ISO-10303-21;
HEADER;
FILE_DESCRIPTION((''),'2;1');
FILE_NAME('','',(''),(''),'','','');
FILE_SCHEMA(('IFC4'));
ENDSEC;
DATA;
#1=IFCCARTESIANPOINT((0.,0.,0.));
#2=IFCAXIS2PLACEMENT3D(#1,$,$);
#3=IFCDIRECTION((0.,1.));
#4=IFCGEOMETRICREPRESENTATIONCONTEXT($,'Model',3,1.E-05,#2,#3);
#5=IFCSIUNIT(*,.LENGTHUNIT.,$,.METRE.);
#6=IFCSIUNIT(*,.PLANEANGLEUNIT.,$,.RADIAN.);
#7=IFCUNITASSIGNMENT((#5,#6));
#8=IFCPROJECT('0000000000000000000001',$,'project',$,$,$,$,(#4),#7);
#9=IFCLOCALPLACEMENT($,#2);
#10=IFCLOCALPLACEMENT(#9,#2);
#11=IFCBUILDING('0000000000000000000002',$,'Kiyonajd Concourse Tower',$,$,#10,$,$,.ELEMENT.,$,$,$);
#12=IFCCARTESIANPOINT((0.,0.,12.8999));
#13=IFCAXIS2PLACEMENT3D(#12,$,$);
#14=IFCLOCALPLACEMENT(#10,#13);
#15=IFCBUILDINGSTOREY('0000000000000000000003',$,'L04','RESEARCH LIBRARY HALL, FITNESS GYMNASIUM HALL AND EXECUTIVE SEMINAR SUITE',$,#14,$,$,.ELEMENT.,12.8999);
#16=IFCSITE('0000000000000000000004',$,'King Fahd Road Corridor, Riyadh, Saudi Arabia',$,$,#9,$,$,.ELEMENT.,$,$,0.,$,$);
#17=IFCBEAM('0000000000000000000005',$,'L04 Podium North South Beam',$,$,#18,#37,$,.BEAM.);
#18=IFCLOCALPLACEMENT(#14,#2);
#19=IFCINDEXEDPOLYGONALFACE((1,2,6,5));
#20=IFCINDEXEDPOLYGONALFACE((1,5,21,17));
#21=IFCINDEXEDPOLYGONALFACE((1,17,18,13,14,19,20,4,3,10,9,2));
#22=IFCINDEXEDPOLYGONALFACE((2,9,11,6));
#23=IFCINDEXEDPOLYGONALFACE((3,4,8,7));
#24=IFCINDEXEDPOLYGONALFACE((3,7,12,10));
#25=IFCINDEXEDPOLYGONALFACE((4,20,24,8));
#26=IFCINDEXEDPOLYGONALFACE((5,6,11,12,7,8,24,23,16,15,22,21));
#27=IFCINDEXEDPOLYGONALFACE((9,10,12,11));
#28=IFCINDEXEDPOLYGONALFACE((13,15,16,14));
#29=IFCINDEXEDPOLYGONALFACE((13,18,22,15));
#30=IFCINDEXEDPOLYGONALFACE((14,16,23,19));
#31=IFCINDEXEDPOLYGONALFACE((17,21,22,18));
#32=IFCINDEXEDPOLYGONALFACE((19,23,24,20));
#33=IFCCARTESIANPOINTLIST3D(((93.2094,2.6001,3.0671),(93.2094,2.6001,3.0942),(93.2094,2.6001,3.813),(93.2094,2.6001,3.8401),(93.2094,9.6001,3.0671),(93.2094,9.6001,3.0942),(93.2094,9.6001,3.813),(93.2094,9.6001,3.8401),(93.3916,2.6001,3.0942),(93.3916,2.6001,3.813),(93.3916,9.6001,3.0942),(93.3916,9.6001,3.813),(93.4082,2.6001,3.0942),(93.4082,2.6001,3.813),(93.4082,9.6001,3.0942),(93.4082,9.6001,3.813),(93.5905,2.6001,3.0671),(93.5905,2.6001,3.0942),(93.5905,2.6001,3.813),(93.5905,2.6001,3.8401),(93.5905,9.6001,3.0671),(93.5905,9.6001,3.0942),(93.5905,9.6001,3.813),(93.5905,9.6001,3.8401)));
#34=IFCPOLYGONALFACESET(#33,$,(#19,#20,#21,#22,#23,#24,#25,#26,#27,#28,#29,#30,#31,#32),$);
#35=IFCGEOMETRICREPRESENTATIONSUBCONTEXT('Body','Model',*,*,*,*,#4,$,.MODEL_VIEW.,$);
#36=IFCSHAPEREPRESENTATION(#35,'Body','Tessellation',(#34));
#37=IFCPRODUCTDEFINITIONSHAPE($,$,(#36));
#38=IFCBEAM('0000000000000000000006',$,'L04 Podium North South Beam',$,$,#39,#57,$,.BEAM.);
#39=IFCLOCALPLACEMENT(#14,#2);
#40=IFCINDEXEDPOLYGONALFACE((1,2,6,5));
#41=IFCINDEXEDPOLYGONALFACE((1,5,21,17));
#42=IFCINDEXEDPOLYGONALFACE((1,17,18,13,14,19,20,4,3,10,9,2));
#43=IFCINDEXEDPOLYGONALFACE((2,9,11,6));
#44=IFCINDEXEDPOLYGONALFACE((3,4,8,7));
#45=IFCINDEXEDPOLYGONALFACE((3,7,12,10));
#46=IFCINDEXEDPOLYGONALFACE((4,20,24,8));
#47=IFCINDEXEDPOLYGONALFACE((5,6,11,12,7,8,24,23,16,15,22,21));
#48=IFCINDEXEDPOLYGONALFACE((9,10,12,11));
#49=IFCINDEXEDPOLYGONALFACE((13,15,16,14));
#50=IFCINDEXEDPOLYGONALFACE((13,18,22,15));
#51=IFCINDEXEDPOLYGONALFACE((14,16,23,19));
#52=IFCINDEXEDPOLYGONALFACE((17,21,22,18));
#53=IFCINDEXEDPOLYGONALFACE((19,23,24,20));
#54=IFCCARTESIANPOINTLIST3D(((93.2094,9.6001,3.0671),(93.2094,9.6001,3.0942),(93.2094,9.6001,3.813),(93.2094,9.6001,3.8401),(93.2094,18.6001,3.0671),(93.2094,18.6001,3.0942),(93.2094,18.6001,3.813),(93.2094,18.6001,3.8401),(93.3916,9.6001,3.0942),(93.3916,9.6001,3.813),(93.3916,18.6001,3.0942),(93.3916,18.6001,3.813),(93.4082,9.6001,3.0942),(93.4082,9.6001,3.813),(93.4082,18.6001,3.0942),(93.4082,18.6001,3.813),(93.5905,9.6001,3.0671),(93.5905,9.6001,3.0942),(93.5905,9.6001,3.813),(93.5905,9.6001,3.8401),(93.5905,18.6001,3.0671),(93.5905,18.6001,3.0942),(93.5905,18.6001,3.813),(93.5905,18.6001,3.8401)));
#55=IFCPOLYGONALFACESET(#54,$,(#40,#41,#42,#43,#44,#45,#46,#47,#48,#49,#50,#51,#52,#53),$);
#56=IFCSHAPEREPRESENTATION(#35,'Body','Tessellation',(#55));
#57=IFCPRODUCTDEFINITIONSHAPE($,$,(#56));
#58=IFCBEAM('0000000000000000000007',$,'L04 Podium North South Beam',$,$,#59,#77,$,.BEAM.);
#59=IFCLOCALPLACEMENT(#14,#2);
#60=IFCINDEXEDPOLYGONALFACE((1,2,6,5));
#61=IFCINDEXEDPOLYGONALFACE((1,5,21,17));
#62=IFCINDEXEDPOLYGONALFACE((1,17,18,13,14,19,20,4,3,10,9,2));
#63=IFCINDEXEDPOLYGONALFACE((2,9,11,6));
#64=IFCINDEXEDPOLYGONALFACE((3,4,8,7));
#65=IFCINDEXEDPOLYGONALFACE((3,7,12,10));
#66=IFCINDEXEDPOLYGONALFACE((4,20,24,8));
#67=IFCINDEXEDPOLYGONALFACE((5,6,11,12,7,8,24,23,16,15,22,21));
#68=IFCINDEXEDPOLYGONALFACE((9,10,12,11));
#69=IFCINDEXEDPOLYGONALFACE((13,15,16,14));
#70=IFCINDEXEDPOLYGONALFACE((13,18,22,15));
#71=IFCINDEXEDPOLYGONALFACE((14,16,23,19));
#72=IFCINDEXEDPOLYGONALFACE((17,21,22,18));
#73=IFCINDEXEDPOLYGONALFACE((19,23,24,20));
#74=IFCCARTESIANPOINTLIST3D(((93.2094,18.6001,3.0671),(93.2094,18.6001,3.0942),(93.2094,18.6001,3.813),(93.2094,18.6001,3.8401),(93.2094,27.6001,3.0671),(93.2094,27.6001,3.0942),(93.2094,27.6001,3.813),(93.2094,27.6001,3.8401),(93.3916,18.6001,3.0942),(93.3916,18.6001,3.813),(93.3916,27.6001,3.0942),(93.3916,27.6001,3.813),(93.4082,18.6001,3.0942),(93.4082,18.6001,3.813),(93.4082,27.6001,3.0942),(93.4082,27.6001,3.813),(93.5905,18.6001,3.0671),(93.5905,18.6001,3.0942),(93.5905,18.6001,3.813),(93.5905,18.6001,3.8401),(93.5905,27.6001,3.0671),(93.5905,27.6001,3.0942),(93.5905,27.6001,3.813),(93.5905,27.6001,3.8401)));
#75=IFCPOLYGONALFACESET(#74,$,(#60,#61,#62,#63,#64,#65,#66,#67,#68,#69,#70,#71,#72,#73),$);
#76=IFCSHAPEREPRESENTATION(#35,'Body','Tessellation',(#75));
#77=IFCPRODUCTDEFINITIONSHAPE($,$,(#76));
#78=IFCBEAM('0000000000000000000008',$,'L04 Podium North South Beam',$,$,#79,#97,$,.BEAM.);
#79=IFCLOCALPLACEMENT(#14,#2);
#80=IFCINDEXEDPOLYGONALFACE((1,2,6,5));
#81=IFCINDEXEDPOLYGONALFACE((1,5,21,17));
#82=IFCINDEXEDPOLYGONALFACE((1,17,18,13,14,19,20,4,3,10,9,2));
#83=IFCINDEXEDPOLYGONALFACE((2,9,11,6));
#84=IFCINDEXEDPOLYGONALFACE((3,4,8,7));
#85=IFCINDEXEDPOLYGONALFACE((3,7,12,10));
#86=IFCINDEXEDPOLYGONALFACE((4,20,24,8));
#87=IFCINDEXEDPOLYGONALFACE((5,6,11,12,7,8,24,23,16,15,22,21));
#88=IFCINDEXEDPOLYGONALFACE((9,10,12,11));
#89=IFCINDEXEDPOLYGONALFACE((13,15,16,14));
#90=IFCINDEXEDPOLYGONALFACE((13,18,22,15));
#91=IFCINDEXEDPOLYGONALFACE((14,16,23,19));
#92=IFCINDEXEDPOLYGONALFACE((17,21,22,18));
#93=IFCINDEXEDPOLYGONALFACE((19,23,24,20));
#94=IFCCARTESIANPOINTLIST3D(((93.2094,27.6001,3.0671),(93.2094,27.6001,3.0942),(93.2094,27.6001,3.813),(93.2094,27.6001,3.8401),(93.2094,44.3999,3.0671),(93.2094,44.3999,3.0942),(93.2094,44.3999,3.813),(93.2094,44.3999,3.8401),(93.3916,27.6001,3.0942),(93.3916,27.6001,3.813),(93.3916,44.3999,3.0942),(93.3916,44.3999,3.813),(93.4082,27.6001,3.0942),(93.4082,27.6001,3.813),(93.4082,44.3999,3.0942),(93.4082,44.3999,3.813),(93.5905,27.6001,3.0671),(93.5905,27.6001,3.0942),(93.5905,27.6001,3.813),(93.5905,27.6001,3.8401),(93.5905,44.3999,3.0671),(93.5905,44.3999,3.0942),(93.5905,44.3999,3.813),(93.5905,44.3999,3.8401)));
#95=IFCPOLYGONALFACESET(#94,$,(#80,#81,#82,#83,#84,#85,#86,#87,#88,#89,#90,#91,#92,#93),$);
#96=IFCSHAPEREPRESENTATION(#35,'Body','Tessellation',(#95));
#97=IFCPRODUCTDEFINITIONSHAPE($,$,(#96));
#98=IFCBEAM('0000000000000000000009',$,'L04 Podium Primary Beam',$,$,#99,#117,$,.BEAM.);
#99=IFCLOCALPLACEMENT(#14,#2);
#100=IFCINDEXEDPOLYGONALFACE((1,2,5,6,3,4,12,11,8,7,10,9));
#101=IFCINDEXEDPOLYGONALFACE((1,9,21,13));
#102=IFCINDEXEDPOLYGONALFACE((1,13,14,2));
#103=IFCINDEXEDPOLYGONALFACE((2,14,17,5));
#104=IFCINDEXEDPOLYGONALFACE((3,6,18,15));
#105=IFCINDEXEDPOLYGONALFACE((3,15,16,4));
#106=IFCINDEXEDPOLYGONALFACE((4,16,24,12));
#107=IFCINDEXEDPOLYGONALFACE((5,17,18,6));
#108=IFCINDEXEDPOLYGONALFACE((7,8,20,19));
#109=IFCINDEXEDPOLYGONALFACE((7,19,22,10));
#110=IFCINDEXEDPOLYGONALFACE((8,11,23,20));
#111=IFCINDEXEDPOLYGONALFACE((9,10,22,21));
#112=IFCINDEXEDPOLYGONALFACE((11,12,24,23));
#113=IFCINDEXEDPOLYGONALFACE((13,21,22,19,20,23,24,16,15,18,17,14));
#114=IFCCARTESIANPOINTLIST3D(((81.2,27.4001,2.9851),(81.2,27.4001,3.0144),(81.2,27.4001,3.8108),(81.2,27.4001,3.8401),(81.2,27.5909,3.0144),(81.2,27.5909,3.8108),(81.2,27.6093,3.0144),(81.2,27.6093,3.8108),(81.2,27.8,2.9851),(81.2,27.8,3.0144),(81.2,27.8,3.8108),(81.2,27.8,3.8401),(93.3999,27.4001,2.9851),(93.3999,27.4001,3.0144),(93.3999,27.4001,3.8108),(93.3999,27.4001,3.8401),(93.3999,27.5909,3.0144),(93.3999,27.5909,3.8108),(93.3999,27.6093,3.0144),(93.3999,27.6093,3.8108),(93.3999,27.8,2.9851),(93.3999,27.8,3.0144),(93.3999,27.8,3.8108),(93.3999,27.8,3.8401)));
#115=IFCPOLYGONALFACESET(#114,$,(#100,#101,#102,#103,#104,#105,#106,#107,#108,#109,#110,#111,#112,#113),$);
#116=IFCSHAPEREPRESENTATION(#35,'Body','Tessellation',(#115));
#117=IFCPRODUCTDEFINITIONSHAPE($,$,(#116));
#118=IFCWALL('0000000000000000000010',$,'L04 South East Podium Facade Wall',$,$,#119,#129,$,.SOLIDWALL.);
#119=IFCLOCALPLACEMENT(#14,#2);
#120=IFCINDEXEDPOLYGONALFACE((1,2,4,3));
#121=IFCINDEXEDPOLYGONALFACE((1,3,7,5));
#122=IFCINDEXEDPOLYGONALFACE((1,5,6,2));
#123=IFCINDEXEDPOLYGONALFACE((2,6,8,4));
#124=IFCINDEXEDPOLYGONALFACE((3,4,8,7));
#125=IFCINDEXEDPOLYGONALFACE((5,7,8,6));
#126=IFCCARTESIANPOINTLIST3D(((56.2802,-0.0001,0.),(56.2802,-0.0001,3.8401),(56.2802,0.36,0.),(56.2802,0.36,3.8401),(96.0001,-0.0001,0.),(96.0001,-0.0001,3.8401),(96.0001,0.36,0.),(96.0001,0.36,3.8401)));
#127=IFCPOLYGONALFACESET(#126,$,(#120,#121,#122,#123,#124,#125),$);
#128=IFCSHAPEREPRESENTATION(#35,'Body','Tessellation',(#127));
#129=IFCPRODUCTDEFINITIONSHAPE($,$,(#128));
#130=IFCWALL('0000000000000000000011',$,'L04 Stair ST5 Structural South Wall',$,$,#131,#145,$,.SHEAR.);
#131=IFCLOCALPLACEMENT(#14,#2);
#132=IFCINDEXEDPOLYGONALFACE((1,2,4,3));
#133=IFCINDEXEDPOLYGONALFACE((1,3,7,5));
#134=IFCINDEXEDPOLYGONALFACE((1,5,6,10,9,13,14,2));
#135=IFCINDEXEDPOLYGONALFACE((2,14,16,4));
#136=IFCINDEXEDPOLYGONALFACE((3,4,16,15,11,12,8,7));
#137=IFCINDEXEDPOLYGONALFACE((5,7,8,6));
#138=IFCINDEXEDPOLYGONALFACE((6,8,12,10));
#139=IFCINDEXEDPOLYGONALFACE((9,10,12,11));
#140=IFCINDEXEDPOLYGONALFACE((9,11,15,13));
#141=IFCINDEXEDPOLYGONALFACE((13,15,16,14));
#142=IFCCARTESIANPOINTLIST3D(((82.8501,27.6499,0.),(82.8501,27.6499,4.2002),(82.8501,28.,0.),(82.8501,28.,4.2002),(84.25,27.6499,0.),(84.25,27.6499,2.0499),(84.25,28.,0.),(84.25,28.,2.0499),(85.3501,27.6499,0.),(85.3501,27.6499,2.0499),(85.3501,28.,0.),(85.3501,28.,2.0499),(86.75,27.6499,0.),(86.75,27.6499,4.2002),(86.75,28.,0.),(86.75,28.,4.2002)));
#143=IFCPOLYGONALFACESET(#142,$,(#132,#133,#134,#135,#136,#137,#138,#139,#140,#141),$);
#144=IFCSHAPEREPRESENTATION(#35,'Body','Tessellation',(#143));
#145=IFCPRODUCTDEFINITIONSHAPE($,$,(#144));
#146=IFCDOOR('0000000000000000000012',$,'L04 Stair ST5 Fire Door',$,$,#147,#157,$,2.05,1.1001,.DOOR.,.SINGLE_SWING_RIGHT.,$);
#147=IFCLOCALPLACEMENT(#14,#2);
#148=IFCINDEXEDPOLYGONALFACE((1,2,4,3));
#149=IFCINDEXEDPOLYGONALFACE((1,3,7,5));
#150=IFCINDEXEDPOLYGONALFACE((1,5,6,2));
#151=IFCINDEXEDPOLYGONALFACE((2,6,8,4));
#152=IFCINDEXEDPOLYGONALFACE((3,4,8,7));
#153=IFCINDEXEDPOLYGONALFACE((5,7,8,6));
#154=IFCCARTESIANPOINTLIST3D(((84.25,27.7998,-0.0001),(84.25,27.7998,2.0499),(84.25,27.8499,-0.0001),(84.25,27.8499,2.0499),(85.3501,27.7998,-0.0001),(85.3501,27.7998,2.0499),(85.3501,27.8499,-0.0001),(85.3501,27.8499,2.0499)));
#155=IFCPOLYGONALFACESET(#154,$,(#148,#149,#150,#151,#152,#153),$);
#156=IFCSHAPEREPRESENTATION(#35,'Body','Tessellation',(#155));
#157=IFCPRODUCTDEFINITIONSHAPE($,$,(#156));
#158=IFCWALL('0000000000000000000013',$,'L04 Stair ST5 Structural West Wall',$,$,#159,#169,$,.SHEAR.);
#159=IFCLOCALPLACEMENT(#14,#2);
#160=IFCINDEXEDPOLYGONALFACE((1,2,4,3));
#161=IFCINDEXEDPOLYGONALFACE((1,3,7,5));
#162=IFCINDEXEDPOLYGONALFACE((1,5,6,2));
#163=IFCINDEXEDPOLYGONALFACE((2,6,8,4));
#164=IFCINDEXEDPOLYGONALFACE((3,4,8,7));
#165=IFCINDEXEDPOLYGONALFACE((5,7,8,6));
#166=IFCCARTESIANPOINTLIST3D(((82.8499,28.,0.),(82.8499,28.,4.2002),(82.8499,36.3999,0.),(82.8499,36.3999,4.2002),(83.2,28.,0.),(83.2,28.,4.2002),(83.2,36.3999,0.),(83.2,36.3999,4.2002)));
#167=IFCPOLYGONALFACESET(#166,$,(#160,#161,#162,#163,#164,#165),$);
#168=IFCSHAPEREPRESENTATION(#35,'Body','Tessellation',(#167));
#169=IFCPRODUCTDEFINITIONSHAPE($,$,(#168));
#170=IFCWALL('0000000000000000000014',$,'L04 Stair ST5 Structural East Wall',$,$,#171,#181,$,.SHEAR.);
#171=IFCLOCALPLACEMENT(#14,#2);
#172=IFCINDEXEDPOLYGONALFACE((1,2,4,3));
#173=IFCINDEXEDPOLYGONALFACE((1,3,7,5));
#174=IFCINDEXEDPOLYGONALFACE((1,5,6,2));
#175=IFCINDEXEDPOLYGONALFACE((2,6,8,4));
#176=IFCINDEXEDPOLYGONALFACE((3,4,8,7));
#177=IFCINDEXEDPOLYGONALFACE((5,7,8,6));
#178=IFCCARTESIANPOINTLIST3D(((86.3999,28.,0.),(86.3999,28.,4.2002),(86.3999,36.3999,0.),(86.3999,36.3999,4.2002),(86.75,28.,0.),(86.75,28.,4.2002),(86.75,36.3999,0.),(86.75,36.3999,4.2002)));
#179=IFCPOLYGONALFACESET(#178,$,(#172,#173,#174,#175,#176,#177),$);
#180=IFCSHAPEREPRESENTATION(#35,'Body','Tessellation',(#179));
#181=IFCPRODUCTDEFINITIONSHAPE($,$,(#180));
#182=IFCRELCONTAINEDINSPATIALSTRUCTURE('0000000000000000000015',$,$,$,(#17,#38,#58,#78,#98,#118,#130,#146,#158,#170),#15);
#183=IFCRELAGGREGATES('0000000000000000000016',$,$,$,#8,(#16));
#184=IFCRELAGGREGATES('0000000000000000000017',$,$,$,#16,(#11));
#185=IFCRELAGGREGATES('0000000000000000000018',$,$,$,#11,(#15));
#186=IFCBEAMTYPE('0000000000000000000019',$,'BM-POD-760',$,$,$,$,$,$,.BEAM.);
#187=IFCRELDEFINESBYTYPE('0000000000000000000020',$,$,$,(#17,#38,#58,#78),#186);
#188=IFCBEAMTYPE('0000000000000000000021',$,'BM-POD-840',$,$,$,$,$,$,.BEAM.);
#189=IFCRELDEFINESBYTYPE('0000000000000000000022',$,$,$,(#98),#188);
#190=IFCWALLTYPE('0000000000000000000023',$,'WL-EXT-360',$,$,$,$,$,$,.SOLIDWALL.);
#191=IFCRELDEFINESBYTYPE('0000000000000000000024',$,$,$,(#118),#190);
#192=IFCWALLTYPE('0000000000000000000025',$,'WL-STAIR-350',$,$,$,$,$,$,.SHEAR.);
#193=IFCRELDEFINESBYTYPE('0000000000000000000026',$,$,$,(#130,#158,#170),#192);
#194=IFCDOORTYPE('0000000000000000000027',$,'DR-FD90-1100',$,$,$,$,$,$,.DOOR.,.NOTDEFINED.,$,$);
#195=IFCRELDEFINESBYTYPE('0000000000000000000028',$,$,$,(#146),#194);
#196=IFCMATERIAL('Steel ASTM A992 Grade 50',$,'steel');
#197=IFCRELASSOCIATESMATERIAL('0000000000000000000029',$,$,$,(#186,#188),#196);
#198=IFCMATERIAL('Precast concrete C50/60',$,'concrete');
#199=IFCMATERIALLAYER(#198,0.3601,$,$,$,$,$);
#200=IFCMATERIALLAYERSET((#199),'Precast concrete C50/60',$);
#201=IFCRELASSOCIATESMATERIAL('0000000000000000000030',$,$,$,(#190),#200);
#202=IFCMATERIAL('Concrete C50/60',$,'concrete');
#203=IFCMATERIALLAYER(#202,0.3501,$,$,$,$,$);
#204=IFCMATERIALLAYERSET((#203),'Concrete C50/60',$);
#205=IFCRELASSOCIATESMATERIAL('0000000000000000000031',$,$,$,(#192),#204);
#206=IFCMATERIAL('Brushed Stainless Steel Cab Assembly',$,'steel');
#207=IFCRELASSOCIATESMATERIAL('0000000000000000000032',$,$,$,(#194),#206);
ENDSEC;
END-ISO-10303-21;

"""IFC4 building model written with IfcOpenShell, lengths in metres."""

from ifc_helpers import new_model, si_unit, direction, frame, frame_2d, origin, origin_2d, place, context, subcontext, project, spatial, rectangle, i_section, extrude, material, layer, layer_set, material_profile, profile_set, type_object, element, fill, save


model = new_model("IFC4")

# Units and contexts
model_context = context("Model", 3, precision=1e-05, world=origin(), true_north=direction((0.0, 1.0)))
body_context = subcontext(model_context, "Body", "Model", "MODEL_VIEW")
ifc_project = project(units=[si_unit("LENGTHUNIT", "METRE"), si_unit("PLANEANGLEUNIT", "RADIAN")], contexts=[model_context])

# Site, building, storey
site_placement = place(None, origin())
site = spatial("IfcSite", under=ifc_project, at=site_placement, Name="King Fahd Road Corridor, Riyadh, Saudi Arabia", CompositionType="ELEMENT", RefElevation=0.0)
building_placement = place(site_placement, origin())
building = spatial("IfcBuilding", under=site, at=building_placement, Name="Kiyonajd Concourse Tower", CompositionType="ELEMENT")
storey_placement = place(building_placement, frame((0.0, 0.0, 12.8999)))
storey = spatial("IfcBuildingStorey", under=building, at=storey_placement, Name="L04", Description="RESEARCH LIBRARY HALL, FITNESS GYMNASIUM HALL AND EXECUTIVE SEMINAR SUITE", CompositionType="ELEMENT", Elevation=12.8999)

# Beams
ifc_material_1 = material(Name="Concrete C50/60", Category="concrete")
ifc_material_2 = material(Name="Steel ASTM A992 Grade 50", Category="steel")
ifc_material_profile_1 = material_profile(ifc_material_2, i_section(OverallWidth=0.3811, OverallDepth=0.7729, WebThickness=0.0166, FlangeThickness=0.0271, at=origin_2d()), Name="W760X257")
ifc_profile_set_1 = profile_set([ifc_material_profile_1], Name="Steel ASTM A992 Grade 50")
beam_type_1 = type_object("IfcBeamType", Name="BM-POD-760", PredefinedType="BEAM", material=ifc_profile_set_1)
beam_1_placement = place(storey_placement, frame((93.3999, 2.6001, 3.4536), z_axis=(0.0, 1.0, 0.0), x_axis=(-1.0, 0.0, 0.0)))
element("IfcBeam", 1, at=beam_1_placement, inside=storey, type_object=beam_type_1, Name="L04 Podium North South Beam", PredefinedType="BEAM", context=body_context, shape_type="SweptSolid", body=[
    extrude(i_section(OverallWidth=0.3811, OverallDepth=0.7729, WebThickness=0.0166, FlangeThickness=0.0271, at=origin_2d()), origin(), (0.0, 0.0, 1.0), 7.0),
])
for number, where, z_axis, x_axis, name in (
    (2, (93.3999, 9.6001, 3.4536), (0.0, 1.0, 0.0), (-1.0, 0.0, 0.0), "L04 Podium North South Beam"),
    (3, (93.3999, 18.6001, 3.4536), (0.0, 1.0, 0.0), (-1.0, 0.0, 0.0), "L04 Podium North South Beam"),
):
    element("IfcBeam", number, at=place(storey_placement, frame(where, z_axis=z_axis, x_axis=x_axis)), inside=storey, type_object=beam_type_1, Name=name, PredefinedType="BEAM", context=body_context, shape_type="SweptSolid", body=[
        extrude(i_section(OverallWidth=0.3811, OverallDepth=0.7729, WebThickness=0.0166, FlangeThickness=0.0271, at=origin_2d()), origin(), (0.0, 0.0, 1.0), 9.0),
    ])
beam_2_placement = place(storey_placement, frame((93.3999, 27.6001, 3.4536), z_axis=(0.0, 1.0, 0.0), x_axis=(-1.0, 0.0, 0.0)))
element("IfcBeam", 4, at=beam_2_placement, inside=storey, type_object=beam_type_1, Name="L04 Podium North South Beam", PredefinedType="BEAM", context=body_context, shape_type="SweptSolid", body=[
    extrude(i_section(OverallWidth=0.3811, OverallDepth=0.7729, WebThickness=0.0166, FlangeThickness=0.0271, at=origin_2d()), origin(), (0.0, 0.0, 1.0), 16.7998),
])
ifc_material_profile_2 = material_profile(ifc_material_2, i_section(OverallWidth=0.3999, OverallDepth=0.855, WebThickness=0.0183, FlangeThickness=0.0293, at=origin_2d()), Name="W840X299")
ifc_profile_set_2 = profile_set([ifc_material_profile_2], Name="Steel ASTM A992 Grade 50")
beam_type_2 = type_object("IfcBeamType", Name="BM-POD-840", PredefinedType="BEAM", material=ifc_profile_set_2)
beam_3_placement = place(storey_placement, frame((81.2, 27.6001, 3.4126), z_axis=(1.0, 0.0, 0.0), x_axis=(0.0, 1.0, 0.0)))
element("IfcBeam", 5, at=beam_3_placement, inside=storey, type_object=beam_type_2, Name="L04 Podium Primary Beam", PredefinedType="BEAM", context=body_context, shape_type="SweptSolid", body=[
    extrude(i_section(OverallWidth=0.3999, OverallDepth=0.855, WebThickness=0.0183, FlangeThickness=0.0293, at=origin_2d()), origin(), (0.0, 0.0, 1.0), 12.2),
])

# Wall
ifc_material_3 = material(Name="Precast concrete C50/60", Category="concrete")
ifc_layer_1 = layer(ifc_material_3, 0.3601)
ifc_layer_set_1 = layer_set([ifc_layer_1], Name="Precast concrete C50/60")
wall_type_1 = type_object("IfcWallType", Name="WL-EXT-360", PredefinedType="SOLIDWALL", material=ifc_layer_set_1)
wall_1_placement = place(storey_placement, frame((96.0, 0.1799, 0.0), z_axis=(0.0, 0.0, 1.0), x_axis=(-1.0, 0.0, 0.0)))
element("IfcWall", 6, at=wall_1_placement, inside=storey, type_object=wall_type_1, Name="L04 South East Podium Facade Wall", PredefinedType="SOLIDWALL", context=body_context, shape_type="SweptSolid", body=[
    extrude(rectangle(XDim=39.72, YDim=0.3601, at=frame_2d((19.8599, 0.0))), origin(), (0.0, 0.0, 1.0), 3.8401),
])

# Wall, opening, door
ifc_layer_2 = layer(ifc_material_1, 0.3501)
ifc_layer_set_2 = layer_set([ifc_layer_2], Name="Concrete C50/60")
wall_type_2 = type_object("IfcWallType", Name="WL-STAIR-350", PredefinedType="SHEAR", material=ifc_layer_set_2)
wall_2_placement = place(storey_placement, frame((82.8501, 27.825, 0.0), z_axis=(0.0, 0.0, 1.0), x_axis=(1.0, 0.0, 0.0)))
wall_2 = element("IfcWall", 7, at=wall_2_placement, inside=storey, type_object=wall_type_2, Name="L04 Stair ST5 Structural South Wall", PredefinedType="SHEAR", context=body_context, shape_type="SweptSolid", body=[
    extrude(rectangle(XDim=3.8999, YDim=0.3501, at=frame_2d((1.95, 0.0))), origin(), (0.0, 0.0, 1.0), 4.2002),
])
opening_placement = place(wall_2_placement, frame((1.3999, 0.0, 0.0)))
opening = element("IfcOpeningElement", 8, at=opening_placement, cuts=wall_2, PredefinedType="OPENING", context=body_context, shape_type="SweptSolid", body=[
    extrude(rectangle(XDim=1.1001, YDim=2.05, at=frame_2d((0.55, 1.0249))), frame((0.0, 0.1851, 0.0), z_axis=(0.0, -1.0, 0.0), x_axis=(1.0, 0.0, 0.0)), (0.0, 0.0, 1.0), 0.3701),
])
ifc_material_4 = material(Name="Brushed Stainless Steel Cab Assembly", Category="steel")
door_type = type_object("IfcDoorType", Name="DR-FD90-1100", OperationType="NOTDEFINED", PredefinedType="DOOR", material=ifc_material_4)
door_placement = place(opening_placement, origin())
door = element("IfcDoor", 9, at=door_placement, inside=storey, type_object=door_type, Name="L04 Stair ST5 Fire Door", OperationType="SINGLE_SWING_RIGHT", OverallHeight=2.05, OverallWidth=1.1001, PredefinedType="DOOR", context=body_context, shape_type="SweptSolid", body=[
    extrude(rectangle(XDim=1.1001, YDim=2.05, at=frame_2d((0.55, 1.0249))), frame((0.0, 0.0249, 0.0), z_axis=(0.0, -1.0, 0.0), x_axis=(1.0, 0.0, 0.0)), (0.0, 0.0, 1.0), 0.05),
])
fill(opening, door)

# Walls
for number, where, z_axis, x_axis, name in (
    (10, (83.0249, 28.0, 0.0), (0.0, 0.0, 1.0), (0.0, 1.0, 0.0), "L04 Stair ST5 Structural West Wall"),
    (11, (86.575, 28.0, 0.0), (0.0, 0.0, 1.0), (0.0, 1.0, 0.0), "L04 Stair ST5 Structural East Wall"),
):
    element("IfcWall", number, at=place(storey_placement, frame(where, z_axis=z_axis, x_axis=x_axis)), inside=storey, type_object=wall_type_2, Name=name, PredefinedType="SHEAR", context=body_context, shape_type="SweptSolid", body=[
        extrude(rectangle(XDim=8.3999, YDim=0.3501, at=frame_2d((4.2, 0.0))), origin(), (0.0, 0.0, 1.0), 4.2002),
    ])

save(model, "model.ifc")
